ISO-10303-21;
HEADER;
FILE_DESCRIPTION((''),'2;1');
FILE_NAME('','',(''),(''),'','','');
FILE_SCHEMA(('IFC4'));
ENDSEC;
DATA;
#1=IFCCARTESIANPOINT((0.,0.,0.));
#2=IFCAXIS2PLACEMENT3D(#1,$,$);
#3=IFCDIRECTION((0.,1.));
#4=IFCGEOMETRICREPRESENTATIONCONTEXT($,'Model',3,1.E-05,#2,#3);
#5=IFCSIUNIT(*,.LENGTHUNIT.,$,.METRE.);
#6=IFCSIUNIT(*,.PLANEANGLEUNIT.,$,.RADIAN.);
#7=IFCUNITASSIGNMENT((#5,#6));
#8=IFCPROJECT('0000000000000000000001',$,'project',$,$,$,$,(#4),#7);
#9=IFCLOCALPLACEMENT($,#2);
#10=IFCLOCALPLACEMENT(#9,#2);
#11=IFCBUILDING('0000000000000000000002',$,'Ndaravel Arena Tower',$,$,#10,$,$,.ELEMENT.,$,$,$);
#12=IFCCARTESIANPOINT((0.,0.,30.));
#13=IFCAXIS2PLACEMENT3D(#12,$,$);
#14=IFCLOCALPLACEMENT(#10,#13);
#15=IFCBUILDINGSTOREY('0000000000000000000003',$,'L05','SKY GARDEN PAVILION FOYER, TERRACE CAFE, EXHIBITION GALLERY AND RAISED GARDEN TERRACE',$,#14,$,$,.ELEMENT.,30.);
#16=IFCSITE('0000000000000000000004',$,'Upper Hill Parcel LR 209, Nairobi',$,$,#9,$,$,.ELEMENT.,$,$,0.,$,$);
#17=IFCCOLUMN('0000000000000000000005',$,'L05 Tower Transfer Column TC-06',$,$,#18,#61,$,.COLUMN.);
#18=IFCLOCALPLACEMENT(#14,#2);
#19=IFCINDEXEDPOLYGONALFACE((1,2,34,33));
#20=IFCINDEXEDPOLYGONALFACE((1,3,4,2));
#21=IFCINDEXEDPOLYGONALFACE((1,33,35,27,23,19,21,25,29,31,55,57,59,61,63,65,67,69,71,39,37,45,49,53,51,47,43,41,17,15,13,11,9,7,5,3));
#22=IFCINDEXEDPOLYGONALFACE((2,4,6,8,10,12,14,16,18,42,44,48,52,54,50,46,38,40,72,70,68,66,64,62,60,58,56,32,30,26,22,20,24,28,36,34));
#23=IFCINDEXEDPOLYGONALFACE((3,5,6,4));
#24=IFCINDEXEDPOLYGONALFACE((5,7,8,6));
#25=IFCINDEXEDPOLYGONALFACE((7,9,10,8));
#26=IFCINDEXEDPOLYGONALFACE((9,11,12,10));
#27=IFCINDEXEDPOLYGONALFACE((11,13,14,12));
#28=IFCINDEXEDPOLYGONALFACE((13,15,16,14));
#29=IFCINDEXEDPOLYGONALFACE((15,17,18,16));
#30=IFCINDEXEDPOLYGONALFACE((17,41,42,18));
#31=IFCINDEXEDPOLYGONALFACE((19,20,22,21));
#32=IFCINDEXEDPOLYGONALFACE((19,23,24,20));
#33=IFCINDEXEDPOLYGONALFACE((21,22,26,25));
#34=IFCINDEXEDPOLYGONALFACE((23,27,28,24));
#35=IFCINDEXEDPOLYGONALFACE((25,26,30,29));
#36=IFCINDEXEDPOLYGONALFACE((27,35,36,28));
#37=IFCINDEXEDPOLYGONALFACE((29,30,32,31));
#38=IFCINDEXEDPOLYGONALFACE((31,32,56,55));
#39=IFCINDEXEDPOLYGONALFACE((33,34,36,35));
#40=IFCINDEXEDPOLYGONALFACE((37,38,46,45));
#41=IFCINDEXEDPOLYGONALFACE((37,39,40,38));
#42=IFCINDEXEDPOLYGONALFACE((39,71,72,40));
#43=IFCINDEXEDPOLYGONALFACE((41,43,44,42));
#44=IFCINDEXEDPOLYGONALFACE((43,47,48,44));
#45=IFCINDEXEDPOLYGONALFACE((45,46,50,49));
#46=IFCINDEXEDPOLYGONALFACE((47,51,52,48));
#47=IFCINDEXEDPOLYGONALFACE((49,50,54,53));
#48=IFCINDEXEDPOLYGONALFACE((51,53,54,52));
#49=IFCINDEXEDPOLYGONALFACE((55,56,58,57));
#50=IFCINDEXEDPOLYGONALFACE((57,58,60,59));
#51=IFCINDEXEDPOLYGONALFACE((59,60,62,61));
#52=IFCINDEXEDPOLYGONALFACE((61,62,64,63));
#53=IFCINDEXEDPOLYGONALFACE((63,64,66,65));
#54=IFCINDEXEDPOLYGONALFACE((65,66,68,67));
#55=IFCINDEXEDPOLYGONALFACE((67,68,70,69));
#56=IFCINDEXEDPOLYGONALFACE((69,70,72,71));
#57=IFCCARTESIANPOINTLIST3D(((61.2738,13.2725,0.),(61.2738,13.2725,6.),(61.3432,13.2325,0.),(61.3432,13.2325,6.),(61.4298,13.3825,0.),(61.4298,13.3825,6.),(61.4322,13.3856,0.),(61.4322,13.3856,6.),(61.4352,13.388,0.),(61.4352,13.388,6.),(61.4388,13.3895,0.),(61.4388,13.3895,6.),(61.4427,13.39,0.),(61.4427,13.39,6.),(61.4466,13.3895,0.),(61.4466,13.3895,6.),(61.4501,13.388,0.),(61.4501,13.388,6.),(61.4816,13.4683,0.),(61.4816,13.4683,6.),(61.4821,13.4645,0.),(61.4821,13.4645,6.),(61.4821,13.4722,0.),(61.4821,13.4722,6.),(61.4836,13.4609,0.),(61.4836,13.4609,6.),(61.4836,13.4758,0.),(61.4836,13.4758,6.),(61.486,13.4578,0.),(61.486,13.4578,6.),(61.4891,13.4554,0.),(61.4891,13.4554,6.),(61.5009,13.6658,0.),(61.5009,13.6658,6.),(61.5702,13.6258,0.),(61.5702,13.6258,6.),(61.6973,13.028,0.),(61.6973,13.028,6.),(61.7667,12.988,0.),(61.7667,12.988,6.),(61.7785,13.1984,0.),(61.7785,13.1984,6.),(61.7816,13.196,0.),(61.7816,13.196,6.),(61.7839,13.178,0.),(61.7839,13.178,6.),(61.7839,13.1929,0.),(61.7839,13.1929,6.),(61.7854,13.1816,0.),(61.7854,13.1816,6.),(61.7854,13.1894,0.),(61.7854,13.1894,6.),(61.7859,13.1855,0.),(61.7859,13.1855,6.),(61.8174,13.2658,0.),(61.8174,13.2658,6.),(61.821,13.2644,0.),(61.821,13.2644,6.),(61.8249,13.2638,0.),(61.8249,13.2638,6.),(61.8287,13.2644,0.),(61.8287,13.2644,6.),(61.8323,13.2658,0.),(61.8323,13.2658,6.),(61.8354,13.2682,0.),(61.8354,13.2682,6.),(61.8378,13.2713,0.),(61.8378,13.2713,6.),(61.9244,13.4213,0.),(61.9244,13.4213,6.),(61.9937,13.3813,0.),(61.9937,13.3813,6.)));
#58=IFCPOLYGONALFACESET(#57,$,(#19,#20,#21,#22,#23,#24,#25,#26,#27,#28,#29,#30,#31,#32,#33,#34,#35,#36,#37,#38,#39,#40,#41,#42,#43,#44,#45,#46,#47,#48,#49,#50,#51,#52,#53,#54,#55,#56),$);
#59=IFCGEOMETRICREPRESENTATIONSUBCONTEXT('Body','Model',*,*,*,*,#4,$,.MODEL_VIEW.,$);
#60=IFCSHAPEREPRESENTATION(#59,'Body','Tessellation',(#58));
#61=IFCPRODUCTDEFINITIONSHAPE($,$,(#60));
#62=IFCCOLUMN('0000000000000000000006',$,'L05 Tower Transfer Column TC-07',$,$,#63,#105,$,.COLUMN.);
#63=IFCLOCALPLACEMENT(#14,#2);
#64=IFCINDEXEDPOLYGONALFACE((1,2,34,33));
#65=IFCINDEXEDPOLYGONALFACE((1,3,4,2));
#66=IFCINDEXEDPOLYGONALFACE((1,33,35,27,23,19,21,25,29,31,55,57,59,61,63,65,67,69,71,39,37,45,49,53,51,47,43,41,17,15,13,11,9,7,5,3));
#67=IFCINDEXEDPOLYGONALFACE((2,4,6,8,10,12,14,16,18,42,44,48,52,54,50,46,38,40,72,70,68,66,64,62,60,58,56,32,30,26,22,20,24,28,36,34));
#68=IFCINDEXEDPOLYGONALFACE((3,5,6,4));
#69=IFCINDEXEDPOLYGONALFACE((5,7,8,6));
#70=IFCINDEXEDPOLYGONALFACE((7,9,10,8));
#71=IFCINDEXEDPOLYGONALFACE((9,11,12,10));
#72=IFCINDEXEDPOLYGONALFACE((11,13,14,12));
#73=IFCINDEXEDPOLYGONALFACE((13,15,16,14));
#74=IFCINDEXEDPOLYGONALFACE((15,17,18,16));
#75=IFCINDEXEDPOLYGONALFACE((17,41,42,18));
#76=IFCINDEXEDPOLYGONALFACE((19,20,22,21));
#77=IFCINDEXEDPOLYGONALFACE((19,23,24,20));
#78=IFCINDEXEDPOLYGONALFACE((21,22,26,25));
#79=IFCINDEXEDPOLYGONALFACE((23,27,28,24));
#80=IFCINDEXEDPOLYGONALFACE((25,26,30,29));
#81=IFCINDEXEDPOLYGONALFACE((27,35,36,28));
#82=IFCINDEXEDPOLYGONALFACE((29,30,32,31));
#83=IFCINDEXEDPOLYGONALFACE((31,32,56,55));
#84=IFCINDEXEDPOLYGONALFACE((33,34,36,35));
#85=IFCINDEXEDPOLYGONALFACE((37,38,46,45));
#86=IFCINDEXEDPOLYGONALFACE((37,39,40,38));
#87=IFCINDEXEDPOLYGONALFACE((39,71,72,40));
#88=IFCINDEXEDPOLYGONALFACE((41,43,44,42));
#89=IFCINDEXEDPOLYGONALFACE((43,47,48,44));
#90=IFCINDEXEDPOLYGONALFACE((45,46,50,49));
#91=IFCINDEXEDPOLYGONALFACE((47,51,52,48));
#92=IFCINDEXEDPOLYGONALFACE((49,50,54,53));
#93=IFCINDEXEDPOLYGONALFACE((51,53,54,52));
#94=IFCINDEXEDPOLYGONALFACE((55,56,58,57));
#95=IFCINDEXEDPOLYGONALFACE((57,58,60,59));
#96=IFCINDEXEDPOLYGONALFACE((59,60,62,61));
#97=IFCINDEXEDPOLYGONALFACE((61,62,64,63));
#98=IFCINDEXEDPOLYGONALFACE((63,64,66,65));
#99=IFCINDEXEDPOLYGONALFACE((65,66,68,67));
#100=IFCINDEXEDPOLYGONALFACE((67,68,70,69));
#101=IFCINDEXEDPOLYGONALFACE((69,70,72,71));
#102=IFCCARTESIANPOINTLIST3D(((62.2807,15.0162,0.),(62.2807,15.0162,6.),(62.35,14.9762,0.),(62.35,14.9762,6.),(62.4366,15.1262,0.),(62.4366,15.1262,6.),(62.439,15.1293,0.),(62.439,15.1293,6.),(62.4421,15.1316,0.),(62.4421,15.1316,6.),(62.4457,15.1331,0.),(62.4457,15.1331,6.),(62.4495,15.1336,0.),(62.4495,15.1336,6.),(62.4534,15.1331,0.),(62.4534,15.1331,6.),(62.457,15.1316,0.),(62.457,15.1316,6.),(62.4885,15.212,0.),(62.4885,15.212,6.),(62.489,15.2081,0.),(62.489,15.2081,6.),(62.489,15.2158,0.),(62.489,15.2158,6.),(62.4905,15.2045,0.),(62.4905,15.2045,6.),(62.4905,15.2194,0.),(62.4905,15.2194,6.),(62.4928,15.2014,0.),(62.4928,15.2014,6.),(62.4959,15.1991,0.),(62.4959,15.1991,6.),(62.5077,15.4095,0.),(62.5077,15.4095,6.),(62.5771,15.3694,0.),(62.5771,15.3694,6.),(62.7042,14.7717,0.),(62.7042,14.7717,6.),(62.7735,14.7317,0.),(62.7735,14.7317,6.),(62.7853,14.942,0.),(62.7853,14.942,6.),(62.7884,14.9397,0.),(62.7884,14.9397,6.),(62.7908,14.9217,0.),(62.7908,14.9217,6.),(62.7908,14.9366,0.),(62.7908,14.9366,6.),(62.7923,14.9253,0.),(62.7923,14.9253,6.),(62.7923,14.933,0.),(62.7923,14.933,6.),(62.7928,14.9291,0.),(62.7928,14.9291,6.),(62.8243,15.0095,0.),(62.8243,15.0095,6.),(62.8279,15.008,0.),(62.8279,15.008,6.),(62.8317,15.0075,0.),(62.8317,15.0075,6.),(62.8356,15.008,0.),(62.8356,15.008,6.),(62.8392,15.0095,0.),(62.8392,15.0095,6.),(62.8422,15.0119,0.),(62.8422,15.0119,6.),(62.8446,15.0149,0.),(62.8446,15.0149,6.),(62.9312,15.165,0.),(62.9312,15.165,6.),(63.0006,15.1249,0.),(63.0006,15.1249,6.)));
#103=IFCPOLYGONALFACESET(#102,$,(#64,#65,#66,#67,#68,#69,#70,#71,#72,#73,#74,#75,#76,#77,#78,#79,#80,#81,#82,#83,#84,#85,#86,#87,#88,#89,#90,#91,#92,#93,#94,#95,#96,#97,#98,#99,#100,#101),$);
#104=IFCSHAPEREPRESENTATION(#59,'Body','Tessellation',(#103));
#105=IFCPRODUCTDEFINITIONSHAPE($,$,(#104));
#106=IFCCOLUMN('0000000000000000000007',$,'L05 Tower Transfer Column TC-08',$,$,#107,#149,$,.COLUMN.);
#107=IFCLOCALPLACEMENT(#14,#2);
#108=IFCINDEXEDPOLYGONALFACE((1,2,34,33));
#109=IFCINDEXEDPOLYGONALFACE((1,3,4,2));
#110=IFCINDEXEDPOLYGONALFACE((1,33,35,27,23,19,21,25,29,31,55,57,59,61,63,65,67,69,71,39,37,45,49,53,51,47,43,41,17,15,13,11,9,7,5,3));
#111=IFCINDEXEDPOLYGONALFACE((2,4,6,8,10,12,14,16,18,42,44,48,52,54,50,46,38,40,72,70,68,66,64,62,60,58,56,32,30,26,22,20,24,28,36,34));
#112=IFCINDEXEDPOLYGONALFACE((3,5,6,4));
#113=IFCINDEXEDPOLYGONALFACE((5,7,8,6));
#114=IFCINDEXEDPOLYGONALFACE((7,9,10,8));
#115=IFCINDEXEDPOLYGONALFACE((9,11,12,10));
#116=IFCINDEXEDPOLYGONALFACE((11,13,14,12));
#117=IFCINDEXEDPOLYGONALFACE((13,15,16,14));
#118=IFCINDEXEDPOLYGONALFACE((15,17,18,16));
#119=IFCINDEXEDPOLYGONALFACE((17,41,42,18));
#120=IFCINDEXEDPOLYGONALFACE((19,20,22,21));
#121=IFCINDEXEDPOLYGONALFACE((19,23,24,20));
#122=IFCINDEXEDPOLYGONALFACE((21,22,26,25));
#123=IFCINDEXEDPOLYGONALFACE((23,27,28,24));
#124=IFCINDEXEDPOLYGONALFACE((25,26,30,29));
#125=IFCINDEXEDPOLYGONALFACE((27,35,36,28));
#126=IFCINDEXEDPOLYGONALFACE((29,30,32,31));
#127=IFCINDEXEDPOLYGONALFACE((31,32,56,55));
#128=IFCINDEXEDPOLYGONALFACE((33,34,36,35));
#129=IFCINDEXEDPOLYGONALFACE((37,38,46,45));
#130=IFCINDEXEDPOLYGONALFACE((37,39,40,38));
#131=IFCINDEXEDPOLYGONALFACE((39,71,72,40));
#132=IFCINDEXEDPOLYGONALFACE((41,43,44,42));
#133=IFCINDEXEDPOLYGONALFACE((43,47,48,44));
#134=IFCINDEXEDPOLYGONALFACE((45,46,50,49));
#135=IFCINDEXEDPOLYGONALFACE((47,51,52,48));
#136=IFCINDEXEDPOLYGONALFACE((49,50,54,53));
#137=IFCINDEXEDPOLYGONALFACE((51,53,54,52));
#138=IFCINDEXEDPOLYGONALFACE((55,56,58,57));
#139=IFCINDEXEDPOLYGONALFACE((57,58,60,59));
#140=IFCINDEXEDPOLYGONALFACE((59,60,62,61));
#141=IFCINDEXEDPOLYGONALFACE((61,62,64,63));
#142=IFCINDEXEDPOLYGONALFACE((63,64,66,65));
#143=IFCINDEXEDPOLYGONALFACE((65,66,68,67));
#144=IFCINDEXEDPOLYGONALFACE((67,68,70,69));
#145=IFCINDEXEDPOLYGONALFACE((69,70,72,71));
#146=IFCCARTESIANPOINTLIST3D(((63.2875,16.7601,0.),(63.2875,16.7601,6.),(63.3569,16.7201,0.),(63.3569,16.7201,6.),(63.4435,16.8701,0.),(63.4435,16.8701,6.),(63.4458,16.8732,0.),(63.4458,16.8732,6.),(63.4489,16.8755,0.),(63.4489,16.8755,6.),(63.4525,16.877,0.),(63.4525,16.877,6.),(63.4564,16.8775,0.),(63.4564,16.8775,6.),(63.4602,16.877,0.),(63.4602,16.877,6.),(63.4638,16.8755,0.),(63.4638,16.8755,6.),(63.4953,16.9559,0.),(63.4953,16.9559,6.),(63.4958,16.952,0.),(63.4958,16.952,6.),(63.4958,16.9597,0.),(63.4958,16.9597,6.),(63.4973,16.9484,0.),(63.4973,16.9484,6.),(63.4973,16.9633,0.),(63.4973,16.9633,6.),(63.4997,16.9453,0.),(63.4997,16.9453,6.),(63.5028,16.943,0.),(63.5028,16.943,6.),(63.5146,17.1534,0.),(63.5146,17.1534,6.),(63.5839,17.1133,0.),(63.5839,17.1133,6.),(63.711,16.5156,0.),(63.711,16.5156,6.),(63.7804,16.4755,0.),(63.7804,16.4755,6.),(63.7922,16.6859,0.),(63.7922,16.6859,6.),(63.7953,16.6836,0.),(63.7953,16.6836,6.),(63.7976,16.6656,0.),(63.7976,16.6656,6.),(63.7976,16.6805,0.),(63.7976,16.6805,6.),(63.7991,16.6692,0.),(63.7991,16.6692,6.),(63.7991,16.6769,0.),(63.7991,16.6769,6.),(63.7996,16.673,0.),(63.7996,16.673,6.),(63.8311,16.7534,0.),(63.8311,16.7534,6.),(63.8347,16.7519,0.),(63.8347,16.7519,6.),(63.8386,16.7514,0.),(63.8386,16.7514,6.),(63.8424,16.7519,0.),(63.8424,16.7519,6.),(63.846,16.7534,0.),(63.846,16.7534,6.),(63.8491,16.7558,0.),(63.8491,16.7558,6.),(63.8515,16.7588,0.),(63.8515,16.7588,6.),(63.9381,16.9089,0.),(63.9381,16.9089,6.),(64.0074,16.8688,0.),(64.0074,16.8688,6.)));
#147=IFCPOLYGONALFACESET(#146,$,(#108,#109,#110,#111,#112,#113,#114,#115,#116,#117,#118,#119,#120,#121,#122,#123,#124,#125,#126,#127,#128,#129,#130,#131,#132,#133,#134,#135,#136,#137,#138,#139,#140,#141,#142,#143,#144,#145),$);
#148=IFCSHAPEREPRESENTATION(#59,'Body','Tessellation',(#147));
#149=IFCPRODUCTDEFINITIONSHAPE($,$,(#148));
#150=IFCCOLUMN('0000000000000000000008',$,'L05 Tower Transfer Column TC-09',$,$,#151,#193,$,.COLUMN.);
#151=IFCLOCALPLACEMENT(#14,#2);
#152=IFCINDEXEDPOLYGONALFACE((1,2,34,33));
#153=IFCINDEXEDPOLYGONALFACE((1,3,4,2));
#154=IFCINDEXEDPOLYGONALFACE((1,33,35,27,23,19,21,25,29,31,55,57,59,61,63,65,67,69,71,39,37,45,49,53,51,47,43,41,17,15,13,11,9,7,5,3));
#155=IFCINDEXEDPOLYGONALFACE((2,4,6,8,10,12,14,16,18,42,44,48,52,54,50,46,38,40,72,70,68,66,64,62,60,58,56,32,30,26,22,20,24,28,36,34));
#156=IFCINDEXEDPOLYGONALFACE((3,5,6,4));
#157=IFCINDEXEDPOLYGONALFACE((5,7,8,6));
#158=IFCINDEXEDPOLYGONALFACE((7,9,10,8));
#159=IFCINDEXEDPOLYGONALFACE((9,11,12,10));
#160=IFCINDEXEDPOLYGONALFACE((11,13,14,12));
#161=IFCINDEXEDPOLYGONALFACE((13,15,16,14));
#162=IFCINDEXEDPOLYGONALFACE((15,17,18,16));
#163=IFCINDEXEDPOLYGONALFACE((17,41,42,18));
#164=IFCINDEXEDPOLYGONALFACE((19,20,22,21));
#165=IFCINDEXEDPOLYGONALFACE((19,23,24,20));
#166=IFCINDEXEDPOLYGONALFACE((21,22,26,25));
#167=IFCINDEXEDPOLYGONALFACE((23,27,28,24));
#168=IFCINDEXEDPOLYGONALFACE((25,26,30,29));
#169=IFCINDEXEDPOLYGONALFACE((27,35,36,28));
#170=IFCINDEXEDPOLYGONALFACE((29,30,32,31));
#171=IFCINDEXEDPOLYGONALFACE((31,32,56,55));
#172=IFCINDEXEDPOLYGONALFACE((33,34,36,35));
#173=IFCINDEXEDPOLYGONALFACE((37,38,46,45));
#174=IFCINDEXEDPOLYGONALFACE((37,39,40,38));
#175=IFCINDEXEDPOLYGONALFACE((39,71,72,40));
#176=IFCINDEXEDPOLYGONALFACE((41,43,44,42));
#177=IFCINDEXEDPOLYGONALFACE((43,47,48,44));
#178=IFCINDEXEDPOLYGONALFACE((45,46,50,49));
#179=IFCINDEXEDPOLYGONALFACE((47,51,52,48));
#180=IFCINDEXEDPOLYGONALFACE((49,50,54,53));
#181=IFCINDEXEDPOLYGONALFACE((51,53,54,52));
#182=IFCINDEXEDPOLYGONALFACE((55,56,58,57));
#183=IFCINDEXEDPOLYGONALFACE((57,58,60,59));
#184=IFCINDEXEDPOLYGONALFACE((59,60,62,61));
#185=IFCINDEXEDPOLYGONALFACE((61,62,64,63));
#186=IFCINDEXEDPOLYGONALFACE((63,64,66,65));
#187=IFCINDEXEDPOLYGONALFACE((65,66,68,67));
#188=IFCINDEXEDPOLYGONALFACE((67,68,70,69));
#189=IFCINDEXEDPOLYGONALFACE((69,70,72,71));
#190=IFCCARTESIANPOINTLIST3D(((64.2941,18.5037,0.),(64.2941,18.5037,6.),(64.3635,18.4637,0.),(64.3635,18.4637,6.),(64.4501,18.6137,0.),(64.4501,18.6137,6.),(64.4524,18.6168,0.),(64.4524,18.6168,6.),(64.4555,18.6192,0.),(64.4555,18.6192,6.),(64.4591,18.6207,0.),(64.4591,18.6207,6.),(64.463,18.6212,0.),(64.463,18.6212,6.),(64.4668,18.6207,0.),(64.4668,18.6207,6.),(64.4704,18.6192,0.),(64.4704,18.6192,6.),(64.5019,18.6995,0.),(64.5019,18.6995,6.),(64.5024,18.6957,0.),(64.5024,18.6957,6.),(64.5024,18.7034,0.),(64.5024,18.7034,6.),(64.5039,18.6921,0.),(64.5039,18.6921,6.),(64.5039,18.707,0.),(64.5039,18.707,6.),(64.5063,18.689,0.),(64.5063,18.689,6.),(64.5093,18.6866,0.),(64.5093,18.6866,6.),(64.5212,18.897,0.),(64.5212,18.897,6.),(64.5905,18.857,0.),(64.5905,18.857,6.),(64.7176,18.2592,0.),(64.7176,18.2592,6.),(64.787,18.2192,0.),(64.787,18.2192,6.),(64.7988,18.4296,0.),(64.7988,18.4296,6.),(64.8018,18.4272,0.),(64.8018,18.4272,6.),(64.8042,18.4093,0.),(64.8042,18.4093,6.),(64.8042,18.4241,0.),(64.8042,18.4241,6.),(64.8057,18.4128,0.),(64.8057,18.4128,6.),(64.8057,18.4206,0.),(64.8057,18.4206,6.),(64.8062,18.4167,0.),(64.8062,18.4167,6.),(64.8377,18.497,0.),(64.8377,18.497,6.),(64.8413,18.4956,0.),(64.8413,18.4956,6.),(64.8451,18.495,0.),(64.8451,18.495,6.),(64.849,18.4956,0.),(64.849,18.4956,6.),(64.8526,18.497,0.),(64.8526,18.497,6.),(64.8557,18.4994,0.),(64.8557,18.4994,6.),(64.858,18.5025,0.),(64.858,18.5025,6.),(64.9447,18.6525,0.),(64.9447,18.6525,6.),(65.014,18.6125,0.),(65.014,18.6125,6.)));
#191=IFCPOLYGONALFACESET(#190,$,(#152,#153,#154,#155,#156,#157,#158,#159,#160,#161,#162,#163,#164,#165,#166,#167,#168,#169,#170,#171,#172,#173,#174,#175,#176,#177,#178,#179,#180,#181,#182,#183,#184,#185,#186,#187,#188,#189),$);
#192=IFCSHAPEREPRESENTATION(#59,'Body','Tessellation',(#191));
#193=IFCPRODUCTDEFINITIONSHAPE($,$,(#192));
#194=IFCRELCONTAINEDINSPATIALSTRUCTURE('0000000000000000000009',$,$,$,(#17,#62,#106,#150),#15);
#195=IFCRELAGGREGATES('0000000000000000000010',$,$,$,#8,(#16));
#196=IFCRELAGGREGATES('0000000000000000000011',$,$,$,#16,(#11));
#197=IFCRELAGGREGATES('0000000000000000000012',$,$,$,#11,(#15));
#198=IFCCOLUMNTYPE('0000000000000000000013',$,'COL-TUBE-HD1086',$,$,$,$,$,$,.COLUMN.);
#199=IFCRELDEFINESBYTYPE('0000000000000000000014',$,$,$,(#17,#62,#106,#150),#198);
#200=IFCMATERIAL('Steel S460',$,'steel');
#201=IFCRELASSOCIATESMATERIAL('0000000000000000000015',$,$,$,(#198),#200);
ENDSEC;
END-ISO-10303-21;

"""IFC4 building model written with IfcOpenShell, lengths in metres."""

from ifc_helpers import new_model, si_unit, direction, frame, origin, origin_2d, place, context, subcontext, project, spatial, i_section, extrude, material, material_profile, profile_set, type_object, element, save


model = new_model("IFC4")

# Units and contexts
model_context = context("Model", 3, precision=1e-05, world=origin(), true_north=direction((0.0, 1.0)))
body_context = subcontext(model_context, "Body", "Model", "MODEL_VIEW")
ifc_project = project(units=[si_unit("LENGTHUNIT", "METRE"), si_unit("PLANEANGLEUNIT", "RADIAN")], contexts=[model_context])

# Site, building, storey
site_placement = place(None, origin())
site = spatial("IfcSite", under=ifc_project, at=site_placement, Name="Upper Hill Parcel LR 209, Nairobi", CompositionType="ELEMENT", RefElevation=0.0)
building_placement = place(site_placement, origin())
building = spatial("IfcBuilding", under=site, at=building_placement, Name="Ndaravel Arena Tower", CompositionType="ELEMENT")
storey_placement = place(building_placement, frame((0.0, 0.0, 30.0)))
storey = spatial("IfcBuildingStorey", under=building, at=storey_placement, Name="L05", Description="SKY GARDEN PAVILION FOYER, TERRACE CAFE, EXHIBITION GALLERY AND RAISED GARDEN TERRACE", CompositionType="ELEMENT", Elevation=30.0)

# Columns
ifc_material_1 = material(Name="Steel S460", Category="steel")
ifc_material_profile_1 = material_profile(ifc_material_1, i_section(OverallWidth=0.4541, OverallDepth=0.5691, WebThickness=0.0779, FlangeThickness=0.0801, FilletRadius=0.0149, at=origin_2d()), Name="HD 400x1086")
ifc_profile_set_1 = profile_set([ifc_material_profile_1], Name="Steel S460")
column_type = type_object("IfcColumnType", Name="COL-TUBE-HD1086", PredefinedType="COLUMN", material=ifc_profile_set_1)
for number, where, z_axis, x_axis, name in (
    (1, (61.6338, 13.3269, 0.0), (0.0, 0.0, 1.0), (0.5, 0.866025, 0.0), "L05 Tower Transfer Column TC-06"),
    (2, (62.6406, 15.0706, 0.0), (0.0, 0.0, 1.0), (0.5, 0.866025, 0.0), "L05 Tower Transfer Column TC-07"),
    (3, (63.6475, 16.8145, 0.0), (0.0, 0.0, 1.0), (0.5, 0.866025, 0.0), "L05 Tower Transfer Column TC-08"),
    (4, (64.6541, 18.5581, 0.0), (0.0, 0.0, 1.0), (0.5, 0.866025, 0.0), "L05 Tower Transfer Column TC-09"),
):
    element("IfcColumn", number, at=place(storey_placement, frame(where, z_axis=z_axis, x_axis=x_axis)), inside=storey, type_object=column_type, Name=name, PredefinedType="COLUMN", context=body_context, shape_type="SweptSolid", body=[
        extrude(i_section(OverallWidth=0.4541, OverallDepth=0.5691, WebThickness=0.0779, FlangeThickness=0.0801, FilletRadius=0.0149, at=origin_2d()), origin(), (0.0, 0.0, 1.0), 6.0),
    ])

save(model, "model.ifc")
